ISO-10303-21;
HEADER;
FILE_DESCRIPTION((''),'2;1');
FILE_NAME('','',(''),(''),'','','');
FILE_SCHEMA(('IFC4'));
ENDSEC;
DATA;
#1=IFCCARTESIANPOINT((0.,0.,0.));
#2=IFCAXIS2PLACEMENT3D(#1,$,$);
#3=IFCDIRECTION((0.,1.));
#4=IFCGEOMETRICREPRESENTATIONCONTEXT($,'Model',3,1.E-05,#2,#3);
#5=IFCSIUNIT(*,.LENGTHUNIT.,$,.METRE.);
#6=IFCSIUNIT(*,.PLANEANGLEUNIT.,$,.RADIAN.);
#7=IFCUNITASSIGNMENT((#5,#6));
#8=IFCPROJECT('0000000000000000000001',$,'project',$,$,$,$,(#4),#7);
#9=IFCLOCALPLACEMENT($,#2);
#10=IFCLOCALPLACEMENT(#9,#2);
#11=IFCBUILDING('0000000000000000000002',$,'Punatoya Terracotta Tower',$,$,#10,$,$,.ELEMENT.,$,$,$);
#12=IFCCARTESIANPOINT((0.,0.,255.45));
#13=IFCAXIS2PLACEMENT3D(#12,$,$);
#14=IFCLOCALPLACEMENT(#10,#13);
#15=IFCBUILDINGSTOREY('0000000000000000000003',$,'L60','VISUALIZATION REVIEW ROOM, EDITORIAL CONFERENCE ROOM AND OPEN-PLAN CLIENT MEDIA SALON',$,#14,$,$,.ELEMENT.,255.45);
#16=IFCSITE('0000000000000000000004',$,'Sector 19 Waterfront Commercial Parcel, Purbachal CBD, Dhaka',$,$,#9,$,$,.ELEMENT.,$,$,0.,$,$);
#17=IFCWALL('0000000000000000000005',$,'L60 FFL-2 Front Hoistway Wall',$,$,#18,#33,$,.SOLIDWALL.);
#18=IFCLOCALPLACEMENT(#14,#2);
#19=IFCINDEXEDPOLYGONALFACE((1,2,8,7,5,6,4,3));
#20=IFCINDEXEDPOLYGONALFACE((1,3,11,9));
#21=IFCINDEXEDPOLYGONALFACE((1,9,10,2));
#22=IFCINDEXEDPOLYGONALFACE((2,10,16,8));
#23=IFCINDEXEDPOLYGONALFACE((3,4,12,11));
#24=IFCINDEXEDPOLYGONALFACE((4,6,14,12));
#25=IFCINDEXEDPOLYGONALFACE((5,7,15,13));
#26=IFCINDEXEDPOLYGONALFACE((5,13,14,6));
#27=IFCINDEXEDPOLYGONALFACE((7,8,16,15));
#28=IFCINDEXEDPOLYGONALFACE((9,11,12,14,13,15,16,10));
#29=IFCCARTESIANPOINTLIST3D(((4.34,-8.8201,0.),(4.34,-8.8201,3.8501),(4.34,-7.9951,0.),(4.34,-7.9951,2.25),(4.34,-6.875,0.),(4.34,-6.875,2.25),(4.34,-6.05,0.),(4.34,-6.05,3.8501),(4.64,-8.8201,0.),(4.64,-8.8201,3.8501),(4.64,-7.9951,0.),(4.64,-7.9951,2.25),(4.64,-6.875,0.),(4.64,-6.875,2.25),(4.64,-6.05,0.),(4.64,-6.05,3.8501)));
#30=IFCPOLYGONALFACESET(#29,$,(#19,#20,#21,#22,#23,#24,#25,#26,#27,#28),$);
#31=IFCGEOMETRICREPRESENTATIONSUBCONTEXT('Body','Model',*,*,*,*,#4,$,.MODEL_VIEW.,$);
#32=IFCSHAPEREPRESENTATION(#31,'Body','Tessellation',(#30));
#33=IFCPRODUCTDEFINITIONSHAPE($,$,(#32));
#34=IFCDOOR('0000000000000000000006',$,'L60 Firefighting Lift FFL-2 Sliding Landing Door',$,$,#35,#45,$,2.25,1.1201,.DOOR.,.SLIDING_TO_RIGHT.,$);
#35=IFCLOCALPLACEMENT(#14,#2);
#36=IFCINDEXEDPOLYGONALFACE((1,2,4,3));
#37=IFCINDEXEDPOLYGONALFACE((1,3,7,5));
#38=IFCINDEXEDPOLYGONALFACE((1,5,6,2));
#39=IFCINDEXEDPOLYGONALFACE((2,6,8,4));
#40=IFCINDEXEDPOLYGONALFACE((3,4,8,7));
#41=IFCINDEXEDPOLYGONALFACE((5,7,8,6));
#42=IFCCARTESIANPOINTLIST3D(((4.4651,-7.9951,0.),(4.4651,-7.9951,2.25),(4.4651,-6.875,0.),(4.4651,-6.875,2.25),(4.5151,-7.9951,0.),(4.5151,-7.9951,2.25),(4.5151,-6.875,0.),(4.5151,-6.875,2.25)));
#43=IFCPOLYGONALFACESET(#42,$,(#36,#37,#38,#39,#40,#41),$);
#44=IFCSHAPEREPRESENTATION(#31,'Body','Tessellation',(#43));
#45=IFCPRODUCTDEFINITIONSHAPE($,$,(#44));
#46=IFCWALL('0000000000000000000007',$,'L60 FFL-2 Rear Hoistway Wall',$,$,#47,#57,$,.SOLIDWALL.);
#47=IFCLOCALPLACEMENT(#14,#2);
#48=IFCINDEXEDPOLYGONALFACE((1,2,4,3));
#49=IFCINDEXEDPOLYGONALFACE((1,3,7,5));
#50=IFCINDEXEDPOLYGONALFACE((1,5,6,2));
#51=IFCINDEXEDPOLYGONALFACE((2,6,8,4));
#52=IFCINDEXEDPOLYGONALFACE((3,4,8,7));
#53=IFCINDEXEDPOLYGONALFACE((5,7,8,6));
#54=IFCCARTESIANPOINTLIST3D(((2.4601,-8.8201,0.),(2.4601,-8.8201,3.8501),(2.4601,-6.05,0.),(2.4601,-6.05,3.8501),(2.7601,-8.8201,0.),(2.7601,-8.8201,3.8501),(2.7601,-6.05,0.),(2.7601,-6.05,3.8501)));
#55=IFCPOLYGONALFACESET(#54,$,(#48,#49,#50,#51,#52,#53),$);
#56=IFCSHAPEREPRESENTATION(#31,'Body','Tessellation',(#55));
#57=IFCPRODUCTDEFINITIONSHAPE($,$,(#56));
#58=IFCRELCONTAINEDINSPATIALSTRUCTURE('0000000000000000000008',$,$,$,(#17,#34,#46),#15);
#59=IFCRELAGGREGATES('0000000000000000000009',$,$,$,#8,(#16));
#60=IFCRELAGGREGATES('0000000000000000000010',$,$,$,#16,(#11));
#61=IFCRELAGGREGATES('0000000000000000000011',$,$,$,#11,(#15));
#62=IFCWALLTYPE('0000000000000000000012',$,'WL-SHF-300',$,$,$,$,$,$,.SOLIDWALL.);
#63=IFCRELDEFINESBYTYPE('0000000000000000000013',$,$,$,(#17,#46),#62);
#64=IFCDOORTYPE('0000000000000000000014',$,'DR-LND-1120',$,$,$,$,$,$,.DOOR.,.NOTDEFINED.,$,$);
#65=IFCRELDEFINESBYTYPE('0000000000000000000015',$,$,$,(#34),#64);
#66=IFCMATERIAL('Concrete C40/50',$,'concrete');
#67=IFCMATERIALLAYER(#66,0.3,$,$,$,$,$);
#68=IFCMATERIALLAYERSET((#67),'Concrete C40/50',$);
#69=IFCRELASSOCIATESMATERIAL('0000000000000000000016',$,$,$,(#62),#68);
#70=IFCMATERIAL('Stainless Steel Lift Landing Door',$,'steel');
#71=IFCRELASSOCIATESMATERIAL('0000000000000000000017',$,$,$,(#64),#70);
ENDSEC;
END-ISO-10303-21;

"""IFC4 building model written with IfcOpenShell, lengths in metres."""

from ifc_helpers import new_model, si_unit, direction, frame, frame_2d, origin, place, context, subcontext, project, spatial, rectangle, extrude, material, layer, layer_set, type_object, element, fill, save


model = new_model("IFC4")

# Units and contexts
model_context = context("Model", 3, precision=1e-05, world=origin(), true_north=direction((0.0, 1.0)))
body_context = subcontext(model_context, "Body", "Model", "MODEL_VIEW")
ifc_project = project(units=[si_unit("LENGTHUNIT", "METRE"), si_unit("PLANEANGLEUNIT", "RADIAN")], contexts=[model_context])

# Site, building, storey
site_placement = place(None, origin())
site = spatial("IfcSite", under=ifc_project, at=site_placement, Name="Sector 19 Waterfront Commercial Parcel, Purbachal CBD, Dhaka", CompositionType="ELEMENT", RefElevation=0.0)
building_placement = place(site_placement, origin())
building = spatial("IfcBuilding", under=site, at=building_placement, Name="Punatoya Terracotta Tower", CompositionType="ELEMENT")
storey_placement = place(building_placement, frame((0.0, 0.0, 255.45)))
storey = spatial("IfcBuildingStorey", under=building, at=storey_placement, Name="L60", Description="VISUALIZATION REVIEW ROOM, EDITORIAL CONFERENCE ROOM AND OPEN-PLAN CLIENT MEDIA SALON", CompositionType="ELEMENT", Elevation=255.45)

# Wall, opening, door
ifc_material_1 = material(Name="Concrete C40/50", Category="concrete")
ifc_layer_1 = layer(ifc_material_1, 0.3)
ifc_layer_set_1 = layer_set([ifc_layer_1], Name="Concrete C40/50")
wall_type_1 = type_object("IfcWallType", Name="WL-SHF-300", PredefinedType="SOLIDWALL", material=ifc_layer_set_1)
wall_1_placement = place(storey_placement, frame((4.49, -8.8201, 0.0), z_axis=(0.0, 0.0, 1.0), x_axis=(0.0, 1.0, 0.0)))
wall_1 = element("IfcWall", 1, at=wall_1_placement, inside=storey, type_object=wall_type_1, Name="L60 FFL-2 Front Hoistway Wall", PredefinedType="SOLIDWALL", context=body_context, shape_type="SweptSolid", body=[
    extrude(rectangle(XDim=2.77, YDim=0.3, at=frame_2d((1.385, 0.0))), origin(), (0.0, 0.0, 1.0), 3.8501),
])
opening_1_placement = place(wall_1_placement, frame((0.825, 0.0, 0.0)))
opening_1 = element("IfcOpeningElement", 2, at=opening_1_placement, cuts=wall_1, PredefinedType="OPENING", context=body_context, shape_type="SweptSolid", body=[
    extrude(rectangle(XDim=1.1201, YDim=2.25, at=frame_2d((0.5601, 1.125))), frame((0.0, 0.1599, 0.0), z_axis=(0.0, -1.0, 0.0), x_axis=(1.0, 0.0, 0.0)), (0.0, 0.0, 1.0), 0.3201),
])
ifc_material_2 = material(Name="Stainless Steel Lift Landing Door", Category="steel")
door_type_1 = type_object("IfcDoorType", Name="DR-LND-1120", OperationType="NOTDEFINED", PredefinedType="DOOR", material=ifc_material_2)
door_1_placement = place(opening_1_placement, origin())
door_1 = element("IfcDoor", 3, at=door_1_placement, inside=storey, type_object=door_type_1, Name="L60 Firefighting Lift FFL-2 Sliding Landing Door", OperationType="SLIDING_TO_RIGHT", OverallHeight=2.25, OverallWidth=1.1201, PredefinedType="DOOR", context=body_context, shape_type="SweptSolid", body=[
    extrude(rectangle(XDim=1.1201, YDim=2.25, at=frame_2d((0.5601, 1.125))), frame((0.0, 0.0249, 0.0), z_axis=(0.0, -1.0, 0.0), x_axis=(1.0, 0.0, 0.0)), (0.0, 0.0, 1.0), 0.05),
])
fill(opening_1, door_1)

# Wall
wall_2_placement = place(storey_placement, frame((2.6101, -8.8201, 0.0), z_axis=(0.0, 0.0, 1.0), x_axis=(0.0, 1.0, 0.0)))
element("IfcWall", 4, at=wall_2_placement, inside=storey, type_object=wall_type_1, Name="L60 FFL-2 Rear Hoistway Wall", PredefinedType="SOLIDWALL", context=body_context, shape_type="SweptSolid", body=[
    extrude(rectangle(XDim=2.77, YDim=0.3, at=frame_2d((1.385, 0.0))), origin(), (0.0, 0.0, 1.0), 3.8501),
])

save(model, "model.ifc")
